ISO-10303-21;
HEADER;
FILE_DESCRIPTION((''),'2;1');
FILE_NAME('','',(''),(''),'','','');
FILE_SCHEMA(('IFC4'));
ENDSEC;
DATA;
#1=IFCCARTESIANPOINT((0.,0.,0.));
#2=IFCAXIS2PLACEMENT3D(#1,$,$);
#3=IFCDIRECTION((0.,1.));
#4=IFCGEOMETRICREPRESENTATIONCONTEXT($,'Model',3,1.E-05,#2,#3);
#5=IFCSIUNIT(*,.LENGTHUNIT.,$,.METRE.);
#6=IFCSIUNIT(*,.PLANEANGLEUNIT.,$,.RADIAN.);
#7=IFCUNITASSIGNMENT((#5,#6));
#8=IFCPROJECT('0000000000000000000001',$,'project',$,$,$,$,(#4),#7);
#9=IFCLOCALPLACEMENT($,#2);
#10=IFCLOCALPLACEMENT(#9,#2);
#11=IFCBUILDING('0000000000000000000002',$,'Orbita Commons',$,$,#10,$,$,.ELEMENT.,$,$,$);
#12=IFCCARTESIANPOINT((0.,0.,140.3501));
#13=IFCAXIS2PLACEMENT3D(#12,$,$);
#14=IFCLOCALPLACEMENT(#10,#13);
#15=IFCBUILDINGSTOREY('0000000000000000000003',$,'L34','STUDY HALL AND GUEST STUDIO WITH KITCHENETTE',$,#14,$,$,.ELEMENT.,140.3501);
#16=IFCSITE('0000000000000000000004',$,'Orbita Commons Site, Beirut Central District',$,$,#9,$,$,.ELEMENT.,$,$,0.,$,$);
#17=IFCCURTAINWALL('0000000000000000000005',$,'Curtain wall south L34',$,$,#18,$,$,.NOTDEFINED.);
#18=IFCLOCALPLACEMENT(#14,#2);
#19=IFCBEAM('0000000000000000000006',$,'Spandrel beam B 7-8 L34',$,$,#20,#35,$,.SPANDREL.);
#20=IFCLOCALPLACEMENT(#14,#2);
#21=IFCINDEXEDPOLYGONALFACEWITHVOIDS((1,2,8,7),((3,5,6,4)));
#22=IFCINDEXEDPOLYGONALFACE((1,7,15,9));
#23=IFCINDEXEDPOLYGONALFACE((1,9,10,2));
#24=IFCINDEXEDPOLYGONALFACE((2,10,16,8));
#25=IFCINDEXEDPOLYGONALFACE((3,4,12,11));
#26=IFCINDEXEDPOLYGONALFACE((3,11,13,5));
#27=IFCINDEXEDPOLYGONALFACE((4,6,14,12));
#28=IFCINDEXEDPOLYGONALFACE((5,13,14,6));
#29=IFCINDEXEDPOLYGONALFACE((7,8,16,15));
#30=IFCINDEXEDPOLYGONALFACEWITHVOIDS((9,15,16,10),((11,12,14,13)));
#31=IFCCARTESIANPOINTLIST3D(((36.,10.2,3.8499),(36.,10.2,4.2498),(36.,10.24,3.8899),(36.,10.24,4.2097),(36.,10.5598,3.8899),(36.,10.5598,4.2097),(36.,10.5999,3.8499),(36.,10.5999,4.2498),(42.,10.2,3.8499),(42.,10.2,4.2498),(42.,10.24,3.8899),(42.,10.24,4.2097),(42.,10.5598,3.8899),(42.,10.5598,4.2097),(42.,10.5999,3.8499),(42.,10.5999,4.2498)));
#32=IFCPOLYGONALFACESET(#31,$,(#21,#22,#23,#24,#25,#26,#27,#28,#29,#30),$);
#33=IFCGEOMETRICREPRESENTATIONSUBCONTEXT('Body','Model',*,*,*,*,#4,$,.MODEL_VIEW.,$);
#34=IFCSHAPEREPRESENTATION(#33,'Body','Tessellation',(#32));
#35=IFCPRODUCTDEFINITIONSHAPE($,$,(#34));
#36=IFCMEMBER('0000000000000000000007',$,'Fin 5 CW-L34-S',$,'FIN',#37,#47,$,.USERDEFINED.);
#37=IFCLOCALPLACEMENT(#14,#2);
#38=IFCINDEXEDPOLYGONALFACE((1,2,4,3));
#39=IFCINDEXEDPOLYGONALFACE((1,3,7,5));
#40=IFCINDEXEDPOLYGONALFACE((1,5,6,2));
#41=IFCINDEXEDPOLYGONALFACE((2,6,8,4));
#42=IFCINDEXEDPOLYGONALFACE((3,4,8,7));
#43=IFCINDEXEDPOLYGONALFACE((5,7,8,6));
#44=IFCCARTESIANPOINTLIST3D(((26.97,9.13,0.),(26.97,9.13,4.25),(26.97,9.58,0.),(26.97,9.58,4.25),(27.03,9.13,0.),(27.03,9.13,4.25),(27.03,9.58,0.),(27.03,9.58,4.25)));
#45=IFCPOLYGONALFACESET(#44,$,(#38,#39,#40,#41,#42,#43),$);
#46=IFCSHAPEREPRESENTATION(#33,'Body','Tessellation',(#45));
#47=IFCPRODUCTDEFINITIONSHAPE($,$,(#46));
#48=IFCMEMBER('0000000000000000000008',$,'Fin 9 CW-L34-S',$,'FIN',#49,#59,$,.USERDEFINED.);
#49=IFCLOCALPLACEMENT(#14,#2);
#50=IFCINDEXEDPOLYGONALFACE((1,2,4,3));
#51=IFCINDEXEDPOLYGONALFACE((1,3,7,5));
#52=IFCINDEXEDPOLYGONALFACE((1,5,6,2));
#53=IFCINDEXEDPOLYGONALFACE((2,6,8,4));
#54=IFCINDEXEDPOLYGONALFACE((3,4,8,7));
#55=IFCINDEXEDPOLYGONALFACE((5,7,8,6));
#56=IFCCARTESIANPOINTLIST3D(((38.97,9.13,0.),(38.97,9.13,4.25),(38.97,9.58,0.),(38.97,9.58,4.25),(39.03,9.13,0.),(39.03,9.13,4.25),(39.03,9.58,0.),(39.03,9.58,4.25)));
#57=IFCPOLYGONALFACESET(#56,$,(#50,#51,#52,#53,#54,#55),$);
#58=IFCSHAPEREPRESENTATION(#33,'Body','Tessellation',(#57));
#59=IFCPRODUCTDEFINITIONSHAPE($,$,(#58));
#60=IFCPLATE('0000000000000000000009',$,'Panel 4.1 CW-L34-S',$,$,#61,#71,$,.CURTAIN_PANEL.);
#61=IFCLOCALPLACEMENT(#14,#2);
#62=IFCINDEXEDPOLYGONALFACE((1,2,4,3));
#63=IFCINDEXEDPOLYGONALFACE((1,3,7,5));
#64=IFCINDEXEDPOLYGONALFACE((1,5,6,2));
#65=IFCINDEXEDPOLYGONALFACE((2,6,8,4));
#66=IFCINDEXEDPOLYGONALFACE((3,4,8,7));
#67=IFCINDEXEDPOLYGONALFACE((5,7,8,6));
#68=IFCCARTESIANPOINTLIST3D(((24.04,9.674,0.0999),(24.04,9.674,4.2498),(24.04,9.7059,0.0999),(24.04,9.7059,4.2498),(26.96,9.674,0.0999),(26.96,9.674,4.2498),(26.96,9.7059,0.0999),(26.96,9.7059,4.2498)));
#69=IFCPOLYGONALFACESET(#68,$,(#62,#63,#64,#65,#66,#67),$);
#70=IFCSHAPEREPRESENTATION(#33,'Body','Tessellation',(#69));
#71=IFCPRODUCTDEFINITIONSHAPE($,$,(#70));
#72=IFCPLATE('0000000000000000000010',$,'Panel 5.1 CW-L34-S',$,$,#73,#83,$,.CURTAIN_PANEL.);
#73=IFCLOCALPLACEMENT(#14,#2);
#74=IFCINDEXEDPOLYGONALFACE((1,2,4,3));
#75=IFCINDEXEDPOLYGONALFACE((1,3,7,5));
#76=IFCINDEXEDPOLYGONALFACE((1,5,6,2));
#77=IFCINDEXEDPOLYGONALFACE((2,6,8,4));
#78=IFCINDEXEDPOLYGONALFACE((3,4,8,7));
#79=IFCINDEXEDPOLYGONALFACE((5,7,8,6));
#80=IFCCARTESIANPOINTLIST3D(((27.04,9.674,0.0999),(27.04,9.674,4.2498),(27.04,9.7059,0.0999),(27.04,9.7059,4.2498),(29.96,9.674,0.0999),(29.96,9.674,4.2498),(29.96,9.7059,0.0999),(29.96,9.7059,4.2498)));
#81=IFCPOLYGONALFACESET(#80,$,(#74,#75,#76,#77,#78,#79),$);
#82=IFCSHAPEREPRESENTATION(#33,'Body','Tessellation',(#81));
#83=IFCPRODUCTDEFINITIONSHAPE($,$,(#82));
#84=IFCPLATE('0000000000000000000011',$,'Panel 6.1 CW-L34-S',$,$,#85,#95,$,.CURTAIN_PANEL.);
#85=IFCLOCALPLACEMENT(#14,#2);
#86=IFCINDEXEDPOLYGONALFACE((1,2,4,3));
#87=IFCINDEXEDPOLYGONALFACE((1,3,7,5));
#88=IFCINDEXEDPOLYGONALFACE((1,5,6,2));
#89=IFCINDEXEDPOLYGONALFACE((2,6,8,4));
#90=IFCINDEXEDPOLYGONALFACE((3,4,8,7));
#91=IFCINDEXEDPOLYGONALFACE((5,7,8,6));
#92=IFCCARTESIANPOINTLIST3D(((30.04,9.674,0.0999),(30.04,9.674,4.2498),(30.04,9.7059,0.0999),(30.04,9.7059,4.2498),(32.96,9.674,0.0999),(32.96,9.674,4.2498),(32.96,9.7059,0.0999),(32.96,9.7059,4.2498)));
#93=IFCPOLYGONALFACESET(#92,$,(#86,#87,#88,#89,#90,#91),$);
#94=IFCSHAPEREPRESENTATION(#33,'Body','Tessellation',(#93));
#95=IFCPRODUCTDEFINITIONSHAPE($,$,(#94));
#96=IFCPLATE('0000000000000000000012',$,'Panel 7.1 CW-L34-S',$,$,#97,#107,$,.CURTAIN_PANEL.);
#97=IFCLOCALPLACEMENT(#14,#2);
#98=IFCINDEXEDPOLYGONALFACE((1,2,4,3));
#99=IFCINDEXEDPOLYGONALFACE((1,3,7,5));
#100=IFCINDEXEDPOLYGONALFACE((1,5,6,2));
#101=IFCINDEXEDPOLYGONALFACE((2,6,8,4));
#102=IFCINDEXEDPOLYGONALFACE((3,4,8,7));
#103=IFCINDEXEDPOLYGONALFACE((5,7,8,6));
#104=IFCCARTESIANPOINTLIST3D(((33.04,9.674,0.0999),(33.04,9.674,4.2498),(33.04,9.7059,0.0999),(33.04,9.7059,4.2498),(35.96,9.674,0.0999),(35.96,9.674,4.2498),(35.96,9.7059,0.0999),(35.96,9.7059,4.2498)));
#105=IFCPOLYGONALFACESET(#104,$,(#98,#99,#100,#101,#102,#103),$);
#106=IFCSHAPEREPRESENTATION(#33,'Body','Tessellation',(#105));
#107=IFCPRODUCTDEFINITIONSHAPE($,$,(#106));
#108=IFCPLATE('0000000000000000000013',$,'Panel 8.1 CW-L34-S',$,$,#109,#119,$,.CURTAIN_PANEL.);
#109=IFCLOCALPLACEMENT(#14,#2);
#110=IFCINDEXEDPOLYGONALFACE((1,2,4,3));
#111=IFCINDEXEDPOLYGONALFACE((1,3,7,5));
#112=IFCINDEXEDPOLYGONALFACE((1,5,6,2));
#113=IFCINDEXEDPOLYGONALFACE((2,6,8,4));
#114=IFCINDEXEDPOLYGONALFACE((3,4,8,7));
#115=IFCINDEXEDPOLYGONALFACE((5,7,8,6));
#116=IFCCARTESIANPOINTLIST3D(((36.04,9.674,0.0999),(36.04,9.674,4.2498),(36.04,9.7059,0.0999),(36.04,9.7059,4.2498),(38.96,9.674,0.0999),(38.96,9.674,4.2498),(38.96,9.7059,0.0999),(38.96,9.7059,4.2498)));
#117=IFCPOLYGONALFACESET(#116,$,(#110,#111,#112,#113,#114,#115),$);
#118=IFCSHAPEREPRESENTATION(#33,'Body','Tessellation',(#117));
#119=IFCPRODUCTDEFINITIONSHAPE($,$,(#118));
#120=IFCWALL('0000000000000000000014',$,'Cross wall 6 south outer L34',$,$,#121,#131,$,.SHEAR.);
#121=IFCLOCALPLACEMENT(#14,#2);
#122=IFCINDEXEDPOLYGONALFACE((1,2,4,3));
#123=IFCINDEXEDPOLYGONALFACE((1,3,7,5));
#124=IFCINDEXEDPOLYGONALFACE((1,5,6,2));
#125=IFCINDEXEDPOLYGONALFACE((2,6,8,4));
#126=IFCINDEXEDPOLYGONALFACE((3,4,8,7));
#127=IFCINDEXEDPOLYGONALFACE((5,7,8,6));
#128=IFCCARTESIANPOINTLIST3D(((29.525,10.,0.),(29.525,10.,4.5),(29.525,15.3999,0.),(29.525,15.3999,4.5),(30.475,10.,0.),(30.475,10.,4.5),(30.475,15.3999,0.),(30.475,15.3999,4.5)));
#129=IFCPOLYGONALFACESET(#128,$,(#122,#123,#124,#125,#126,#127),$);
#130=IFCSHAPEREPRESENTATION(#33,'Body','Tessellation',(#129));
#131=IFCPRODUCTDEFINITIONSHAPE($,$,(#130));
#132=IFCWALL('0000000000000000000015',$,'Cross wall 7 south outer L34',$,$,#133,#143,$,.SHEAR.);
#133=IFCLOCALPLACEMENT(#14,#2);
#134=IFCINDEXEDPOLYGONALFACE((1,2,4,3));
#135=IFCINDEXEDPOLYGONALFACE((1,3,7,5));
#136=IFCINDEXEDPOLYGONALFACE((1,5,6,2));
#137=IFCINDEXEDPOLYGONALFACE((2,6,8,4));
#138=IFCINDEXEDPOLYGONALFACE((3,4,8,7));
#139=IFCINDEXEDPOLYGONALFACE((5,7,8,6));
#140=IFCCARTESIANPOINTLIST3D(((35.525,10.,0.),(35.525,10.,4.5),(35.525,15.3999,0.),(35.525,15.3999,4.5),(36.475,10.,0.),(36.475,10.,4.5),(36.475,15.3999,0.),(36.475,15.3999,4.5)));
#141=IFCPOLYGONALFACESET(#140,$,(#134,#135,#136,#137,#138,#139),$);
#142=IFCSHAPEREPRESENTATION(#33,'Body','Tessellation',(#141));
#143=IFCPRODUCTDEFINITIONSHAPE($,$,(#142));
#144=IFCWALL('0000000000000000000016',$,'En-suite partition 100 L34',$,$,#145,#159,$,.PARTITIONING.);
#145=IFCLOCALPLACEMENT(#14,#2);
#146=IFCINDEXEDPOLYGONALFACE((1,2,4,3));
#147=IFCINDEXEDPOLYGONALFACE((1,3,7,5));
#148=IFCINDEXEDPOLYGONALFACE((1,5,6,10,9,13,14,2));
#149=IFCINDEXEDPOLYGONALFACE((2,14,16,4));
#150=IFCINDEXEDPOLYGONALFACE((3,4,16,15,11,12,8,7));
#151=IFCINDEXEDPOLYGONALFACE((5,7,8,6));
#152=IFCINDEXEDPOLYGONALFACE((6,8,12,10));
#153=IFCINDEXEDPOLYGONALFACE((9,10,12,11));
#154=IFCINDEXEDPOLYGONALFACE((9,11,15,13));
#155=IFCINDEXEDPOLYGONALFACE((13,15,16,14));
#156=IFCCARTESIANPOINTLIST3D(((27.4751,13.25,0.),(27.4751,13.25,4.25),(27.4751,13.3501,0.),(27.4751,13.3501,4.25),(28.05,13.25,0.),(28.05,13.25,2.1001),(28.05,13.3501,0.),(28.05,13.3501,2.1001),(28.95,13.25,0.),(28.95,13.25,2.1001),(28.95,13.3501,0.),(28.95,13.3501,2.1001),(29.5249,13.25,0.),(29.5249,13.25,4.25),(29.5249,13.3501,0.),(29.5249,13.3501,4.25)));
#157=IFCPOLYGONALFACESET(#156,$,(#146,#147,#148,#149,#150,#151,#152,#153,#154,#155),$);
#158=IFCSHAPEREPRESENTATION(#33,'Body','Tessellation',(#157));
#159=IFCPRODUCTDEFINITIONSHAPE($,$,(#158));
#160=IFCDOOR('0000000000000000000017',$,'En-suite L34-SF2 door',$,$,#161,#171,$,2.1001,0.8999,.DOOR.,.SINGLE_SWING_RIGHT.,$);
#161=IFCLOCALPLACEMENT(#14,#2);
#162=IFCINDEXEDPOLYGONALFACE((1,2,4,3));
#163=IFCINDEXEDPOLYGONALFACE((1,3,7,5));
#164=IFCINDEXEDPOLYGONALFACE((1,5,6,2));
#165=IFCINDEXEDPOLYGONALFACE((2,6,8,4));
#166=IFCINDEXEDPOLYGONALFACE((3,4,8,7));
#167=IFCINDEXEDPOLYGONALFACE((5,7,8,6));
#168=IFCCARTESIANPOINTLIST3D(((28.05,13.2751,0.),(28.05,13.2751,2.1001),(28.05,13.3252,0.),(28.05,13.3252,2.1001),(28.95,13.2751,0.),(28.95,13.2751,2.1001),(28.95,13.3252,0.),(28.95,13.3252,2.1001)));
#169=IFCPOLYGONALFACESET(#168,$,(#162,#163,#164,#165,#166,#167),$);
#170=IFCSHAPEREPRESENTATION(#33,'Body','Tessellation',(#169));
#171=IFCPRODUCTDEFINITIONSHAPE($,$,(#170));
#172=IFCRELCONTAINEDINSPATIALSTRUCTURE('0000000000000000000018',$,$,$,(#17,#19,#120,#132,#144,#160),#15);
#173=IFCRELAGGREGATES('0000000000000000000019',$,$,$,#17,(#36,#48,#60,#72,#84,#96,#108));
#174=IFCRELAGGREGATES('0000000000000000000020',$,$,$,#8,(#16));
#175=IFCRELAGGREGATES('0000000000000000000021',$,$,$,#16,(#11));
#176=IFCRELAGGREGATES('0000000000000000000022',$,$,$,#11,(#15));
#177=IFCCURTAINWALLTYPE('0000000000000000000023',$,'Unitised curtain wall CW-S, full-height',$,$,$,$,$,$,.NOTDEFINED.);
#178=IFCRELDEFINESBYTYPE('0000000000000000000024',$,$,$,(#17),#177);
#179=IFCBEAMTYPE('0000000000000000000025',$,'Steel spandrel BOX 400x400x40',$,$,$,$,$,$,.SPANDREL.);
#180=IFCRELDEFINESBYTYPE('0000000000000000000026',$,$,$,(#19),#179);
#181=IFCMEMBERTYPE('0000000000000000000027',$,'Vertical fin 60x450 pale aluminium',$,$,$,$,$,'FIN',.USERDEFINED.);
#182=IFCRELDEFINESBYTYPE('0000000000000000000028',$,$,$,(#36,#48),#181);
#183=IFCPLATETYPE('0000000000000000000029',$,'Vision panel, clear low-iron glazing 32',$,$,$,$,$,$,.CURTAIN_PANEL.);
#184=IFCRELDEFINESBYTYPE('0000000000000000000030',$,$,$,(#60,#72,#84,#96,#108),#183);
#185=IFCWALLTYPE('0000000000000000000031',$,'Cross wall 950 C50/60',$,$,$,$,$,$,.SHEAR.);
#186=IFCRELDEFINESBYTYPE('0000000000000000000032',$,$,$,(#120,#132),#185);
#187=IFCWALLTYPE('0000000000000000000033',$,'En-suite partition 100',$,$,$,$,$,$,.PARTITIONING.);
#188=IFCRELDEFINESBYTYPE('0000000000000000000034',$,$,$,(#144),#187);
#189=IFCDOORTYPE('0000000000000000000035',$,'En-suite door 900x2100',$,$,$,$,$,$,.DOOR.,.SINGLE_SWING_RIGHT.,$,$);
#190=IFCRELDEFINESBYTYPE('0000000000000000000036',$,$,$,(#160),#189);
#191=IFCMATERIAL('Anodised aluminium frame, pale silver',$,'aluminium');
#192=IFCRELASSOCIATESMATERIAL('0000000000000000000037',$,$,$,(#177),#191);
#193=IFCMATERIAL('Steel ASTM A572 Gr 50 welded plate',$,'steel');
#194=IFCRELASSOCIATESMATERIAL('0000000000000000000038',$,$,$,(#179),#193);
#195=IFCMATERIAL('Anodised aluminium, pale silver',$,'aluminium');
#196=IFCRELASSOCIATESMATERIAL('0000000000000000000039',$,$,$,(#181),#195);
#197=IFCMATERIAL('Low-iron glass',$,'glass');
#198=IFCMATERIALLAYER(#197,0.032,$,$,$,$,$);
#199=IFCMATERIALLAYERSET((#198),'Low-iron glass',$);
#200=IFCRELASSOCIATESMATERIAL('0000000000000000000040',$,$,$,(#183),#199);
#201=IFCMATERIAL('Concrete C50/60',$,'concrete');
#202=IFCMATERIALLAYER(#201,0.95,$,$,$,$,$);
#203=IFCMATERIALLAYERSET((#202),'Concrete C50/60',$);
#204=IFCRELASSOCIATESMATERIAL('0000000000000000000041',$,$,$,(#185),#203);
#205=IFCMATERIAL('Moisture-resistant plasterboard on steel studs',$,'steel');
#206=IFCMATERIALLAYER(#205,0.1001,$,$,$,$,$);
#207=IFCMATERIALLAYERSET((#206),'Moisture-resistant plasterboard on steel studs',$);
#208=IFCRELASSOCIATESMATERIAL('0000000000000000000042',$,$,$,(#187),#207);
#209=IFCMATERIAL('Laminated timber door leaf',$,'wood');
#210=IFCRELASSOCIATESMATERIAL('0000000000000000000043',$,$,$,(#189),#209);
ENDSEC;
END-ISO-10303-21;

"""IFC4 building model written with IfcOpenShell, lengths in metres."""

from ifc_helpers import new_model, si_unit, direction, frame, frame_2d, origin, origin_2d, place, context, subcontext, project, spatial, rectangle, hollow_rectangle, extrude, material, layer, layer_set, material_profile, profile_set, type_object, element, fill, aggregate, save


model = new_model("IFC4")

# Units and contexts
model_context = context("Model", 3, precision=1e-05, world=origin(), true_north=direction((0.0, 1.0)))
body_context = subcontext(model_context, "Body", "Model", "MODEL_VIEW")
ifc_project = project(units=[si_unit("LENGTHUNIT", "METRE"), si_unit("PLANEANGLEUNIT", "RADIAN")], contexts=[model_context])

# Site, building, storey
site_placement = place(None, origin())
site = spatial("IfcSite", under=ifc_project, at=site_placement, Name="Orbita Commons Site, Beirut Central District", CompositionType="ELEMENT", RefElevation=0.0)
building_placement = place(site_placement, origin())
building = spatial("IfcBuilding", under=site, at=building_placement, Name="Orbita Commons", CompositionType="ELEMENT")
storey_placement = place(building_placement, frame((0.0, 0.0, 140.3501)))
storey = spatial("IfcBuildingStorey", under=building, at=storey_placement, Name="L34", Description="STUDY HALL AND GUEST STUDIO WITH KITCHENETTE", CompositionType="ELEMENT", Elevation=140.3501)

# Curtain wall
ifc_material_1 = material(Name="Anodised aluminium frame, pale silver", Category="aluminium")
curtain_wall_type = type_object("IfcCurtainWallType", Name="Unitised curtain wall CW-S, full-height", PredefinedType="NOTDEFINED", material=ifc_material_1)
curtain_wall_placement = place(storey_placement, origin())
curtain_wall = element("IfcCurtainWall", 1, at=curtain_wall_placement, inside=storey, type_object=curtain_wall_type, Name="Curtain wall south L34", PredefinedType="NOTDEFINED")

# Beam
ifc_material_2 = material(Name="Steel ASTM A572 Gr 50 welded plate", Category="steel")
ifc_material_profile_1 = material_profile(ifc_material_2, hollow_rectangle(XDim=0.3999, YDim=0.3999, WallThickness=0.04, at=origin_2d()), Name="BOX 400x400x40")
ifc_profile_set_1 = profile_set([ifc_material_profile_1], Name="Steel ASTM A572 Gr 50 welded plate")
beam_type = type_object("IfcBeamType", Name="Steel spandrel BOX 400x400x40", PredefinedType="SPANDREL", material=ifc_profile_set_1)
for number, where, z_axis, x_axis, name in (
    (2, (36.0, 10.3999, 4.0498), (1.0, 0.0, 0.0), (0.0, 1.0, 0.0), "Spandrel beam B 7-8 L34"),
):
    element("IfcBeam", number, at=place(storey_placement, frame(where, z_axis=z_axis, x_axis=x_axis)), inside=storey, type_object=beam_type, Name=name, PredefinedType="SPANDREL", context=body_context, shape_type="SweptSolid", body=[
        extrude(hollow_rectangle(XDim=0.3999, YDim=0.3999, WallThickness=0.04, at=origin_2d()), origin(), (0.0, 0.0, 1.0), 6.0),
    ])

# Members
ifc_material_3 = material(Name="Anodised aluminium, pale silver", Category="aluminium")
ifc_material_profile_2 = material_profile(ifc_material_3, rectangle(XDim=0.0601, YDim=0.45, at=origin_2d()), Name="FIN 60x450")
ifc_profile_set_2 = profile_set([ifc_material_profile_2], Name="Anodised aluminium, pale silver")
member_type_1 = type_object("IfcMemberType", Name="Vertical fin 60x450 pale aluminium", ElementType="FIN", PredefinedType="USERDEFINED", material=ifc_profile_set_2)
member_1_placement = place(storey_placement, frame((27.0, 9.355, 0.0), z_axis=(0.0, 0.0, 1.0), x_axis=(1.0, 0.0, 0.0)))
member_1 = element("IfcMember", 3, at=member_1_placement, type_object=member_type_1, Name="Fin 5 CW-L34-S", ObjectType="FIN", PredefinedType="USERDEFINED", context=body_context, shape_type="SweptSolid", body=[
    extrude(rectangle(XDim=0.0601, YDim=0.45, at=origin_2d()), origin(), (0.0, 0.0, 1.0), 4.25),
])
member_2_placement = place(storey_placement, frame((39.0, 9.355, 0.0), z_axis=(0.0, 0.0, 1.0), x_axis=(1.0, 0.0, 0.0)))
member_2 = element("IfcMember", 4, at=member_2_placement, type_object=member_type_1, Name="Fin 9 CW-L34-S", ObjectType="FIN", PredefinedType="USERDEFINED", context=body_context, shape_type="SweptSolid", body=[
    extrude(rectangle(XDim=0.0601, YDim=0.45, at=origin_2d()), origin(), (0.0, 0.0, 1.0), 4.25),
])

# Plates
ifc_material_4 = material(Name="Low-iron glass", Category="glass")
ifc_layer_1 = layer(ifc_material_4, 0.032)
ifc_layer_set_1 = layer_set([ifc_layer_1], Name="Low-iron glass")
plate_type = type_object("IfcPlateType", Name="Vision panel, clear low-iron glazing 32", PredefinedType="CURTAIN_PANEL", material=ifc_layer_set_1)
plate_1_placement = place(storey_placement, frame((25.5, 9.6899, 0.0999), z_axis=(0.0, 0.0, 1.0), x_axis=(1.0, 0.0, 0.0)))
plate_1 = element("IfcPlate", 5, at=plate_1_placement, type_object=plate_type, Name="Panel 4.1 CW-L34-S", PredefinedType="CURTAIN_PANEL", context=body_context, shape_type="SweptSolid", body=[
    extrude(rectangle(XDim=2.9199, YDim=0.032, at=origin_2d()), origin(), (0.0, 0.0, 1.0), 4.1499),
])
plate_2_placement = place(storey_placement, frame((28.5, 9.6899, 0.0999), z_axis=(0.0, 0.0, 1.0), x_axis=(1.0, 0.0, 0.0)))
plate_2 = element("IfcPlate", 6, at=plate_2_placement, type_object=plate_type, Name="Panel 5.1 CW-L34-S", PredefinedType="CURTAIN_PANEL", context=body_context, shape_type="SweptSolid", body=[
    extrude(rectangle(XDim=2.9199, YDim=0.032, at=origin_2d()), origin(), (0.0, 0.0, 1.0), 4.1499),
])
plate_3_placement = place(storey_placement, frame((31.5, 9.6899, 0.0999), z_axis=(0.0, 0.0, 1.0), x_axis=(1.0, 0.0, 0.0)))
plate_3 = element("IfcPlate", 7, at=plate_3_placement, type_object=plate_type, Name="Panel 6.1 CW-L34-S", PredefinedType="CURTAIN_PANEL", context=body_context, shape_type="SweptSolid", body=[
    extrude(rectangle(XDim=2.9199, YDim=0.032, at=origin_2d()), origin(), (0.0, 0.0, 1.0), 4.1499),
])
plate_4_placement = place(storey_placement, frame((34.5, 9.6899, 0.0999), z_axis=(0.0, 0.0, 1.0), x_axis=(1.0, 0.0, 0.0)))
plate_4 = element("IfcPlate", 8, at=plate_4_placement, type_object=plate_type, Name="Panel 7.1 CW-L34-S", PredefinedType="CURTAIN_PANEL", context=body_context, shape_type="SweptSolid", body=[
    extrude(rectangle(XDim=2.9199, YDim=0.032, at=origin_2d()), origin(), (0.0, 0.0, 1.0), 4.1499),
])
plate_5_placement = place(storey_placement, frame((37.5, 9.6899, 0.0999), z_axis=(0.0, 0.0, 1.0), x_axis=(1.0, 0.0, 0.0)))
plate_5 = element("IfcPlate", 9, at=plate_5_placement, type_object=plate_type, Name="Panel 8.1 CW-L34-S", PredefinedType="CURTAIN_PANEL", context=body_context, shape_type="SweptSolid", body=[
    extrude(rectangle(XDim=2.9199, YDim=0.032, at=origin_2d()), origin(), (0.0, 0.0, 1.0), 4.1499),
])
aggregate(curtain_wall, [member_1, member_2, plate_1, plate_2, plate_3, plate_4, plate_5])

# Walls
ifc_material_5 = material(Name="Concrete C50/60", Category="concrete")
ifc_layer_2 = layer(ifc_material_5, 0.95)
ifc_layer_set_2 = layer_set([ifc_layer_2], Name="Concrete C50/60")
wall_type_1 = type_object("IfcWallType", Name="Cross wall 950 C50/60", PredefinedType="SHEAR", material=ifc_layer_set_2)
for number, where, z_axis, x_axis, name in (
    (10, (30.0, 10.0, 0.0), (0.0, 0.0, 1.0), (0.0, 1.0, 0.0), "Cross wall 6 south outer L34"),
    (11, (36.0, 10.0, 0.0), (0.0, 0.0, 1.0), (0.0, 1.0, 0.0), "Cross wall 7 south outer L34"),
):
    element("IfcWall", number, at=place(storey_placement, frame(where, z_axis=z_axis, x_axis=x_axis)), inside=storey, type_object=wall_type_1, Name=name, PredefinedType="SHEAR", context=body_context, shape_type="SweptSolid", body=[
        extrude(rectangle(XDim=5.3999, YDim=0.95, at=frame_2d((2.7, 0.0))), origin(), (0.0, 0.0, 1.0), 4.5),
    ])

# Wall, opening, door
ifc_material_6 = material(Name="Moisture-resistant plasterboard on steel studs", Category="steel")
ifc_layer_3 = layer(ifc_material_6, 0.1001)
ifc_layer_set_3 = layer_set([ifc_layer_3], Name="Moisture-resistant plasterboard on steel studs")
wall_type_2 = type_object("IfcWallType", Name="En-suite partition 100", PredefinedType="PARTITIONING", material=ifc_layer_set_3)
wall_1_placement = place(storey_placement, frame((29.5249, 13.3, 0.0), z_axis=(0.0, 0.0, 1.0), x_axis=(-1.0, 0.0, 0.0)))
wall_1 = element("IfcWall", 12, at=wall_1_placement, inside=storey, type_object=wall_type_2, Name="En-suite partition 100 L34", PredefinedType="PARTITIONING", context=body_context, shape_type="SweptSolid", body=[
    extrude(rectangle(XDim=2.0498, YDim=0.1001, at=frame_2d((1.0249, 0.0))), origin(), (0.0, 0.0, 1.0), 4.25),
])
opening_1_placement = place(wall_1_placement, frame((0.575, 0.0, 0.0)))
opening_1 = element("IfcOpeningElement", 13, at=opening_1_placement, cuts=wall_1, PredefinedType="OPENING", context=body_context, shape_type="SweptSolid", body=[
    extrude(rectangle(XDim=0.8999, YDim=2.1001, at=frame_2d((0.45, 1.05))), frame((0.0, 0.0601, 0.0), z_axis=(0.0, -1.0, 0.0), x_axis=(1.0, 0.0, 0.0)), (0.0, 0.0, 1.0), 0.1201),
])
ifc_material_7 = material(Name="Laminated timber door leaf", Category="wood")
door_type = type_object("IfcDoorType", Name="En-suite door 900x2100", OperationType="SINGLE_SWING_RIGHT", PredefinedType="DOOR", material=ifc_material_7)
door_1_placement = place(opening_1_placement, origin())
door_1 = element("IfcDoor", 14, at=door_1_placement, inside=storey, type_object=door_type, Name="En-suite L34-SF2 door", OperationType="SINGLE_SWING_RIGHT", OverallHeight=2.1001, OverallWidth=0.8999, PredefinedType="DOOR", context=body_context, shape_type="SweptSolid", body=[
    extrude(rectangle(XDim=0.8999, YDim=2.1001, at=frame_2d((0.45, 1.05))), frame((0.0, 0.0249, 0.0), z_axis=(0.0, -1.0, 0.0), x_axis=(1.0, 0.0, 0.0)), (0.0, 0.0, 1.0), 0.05),
])
fill(opening_1, door_1)

save(model, "model.ifc")
